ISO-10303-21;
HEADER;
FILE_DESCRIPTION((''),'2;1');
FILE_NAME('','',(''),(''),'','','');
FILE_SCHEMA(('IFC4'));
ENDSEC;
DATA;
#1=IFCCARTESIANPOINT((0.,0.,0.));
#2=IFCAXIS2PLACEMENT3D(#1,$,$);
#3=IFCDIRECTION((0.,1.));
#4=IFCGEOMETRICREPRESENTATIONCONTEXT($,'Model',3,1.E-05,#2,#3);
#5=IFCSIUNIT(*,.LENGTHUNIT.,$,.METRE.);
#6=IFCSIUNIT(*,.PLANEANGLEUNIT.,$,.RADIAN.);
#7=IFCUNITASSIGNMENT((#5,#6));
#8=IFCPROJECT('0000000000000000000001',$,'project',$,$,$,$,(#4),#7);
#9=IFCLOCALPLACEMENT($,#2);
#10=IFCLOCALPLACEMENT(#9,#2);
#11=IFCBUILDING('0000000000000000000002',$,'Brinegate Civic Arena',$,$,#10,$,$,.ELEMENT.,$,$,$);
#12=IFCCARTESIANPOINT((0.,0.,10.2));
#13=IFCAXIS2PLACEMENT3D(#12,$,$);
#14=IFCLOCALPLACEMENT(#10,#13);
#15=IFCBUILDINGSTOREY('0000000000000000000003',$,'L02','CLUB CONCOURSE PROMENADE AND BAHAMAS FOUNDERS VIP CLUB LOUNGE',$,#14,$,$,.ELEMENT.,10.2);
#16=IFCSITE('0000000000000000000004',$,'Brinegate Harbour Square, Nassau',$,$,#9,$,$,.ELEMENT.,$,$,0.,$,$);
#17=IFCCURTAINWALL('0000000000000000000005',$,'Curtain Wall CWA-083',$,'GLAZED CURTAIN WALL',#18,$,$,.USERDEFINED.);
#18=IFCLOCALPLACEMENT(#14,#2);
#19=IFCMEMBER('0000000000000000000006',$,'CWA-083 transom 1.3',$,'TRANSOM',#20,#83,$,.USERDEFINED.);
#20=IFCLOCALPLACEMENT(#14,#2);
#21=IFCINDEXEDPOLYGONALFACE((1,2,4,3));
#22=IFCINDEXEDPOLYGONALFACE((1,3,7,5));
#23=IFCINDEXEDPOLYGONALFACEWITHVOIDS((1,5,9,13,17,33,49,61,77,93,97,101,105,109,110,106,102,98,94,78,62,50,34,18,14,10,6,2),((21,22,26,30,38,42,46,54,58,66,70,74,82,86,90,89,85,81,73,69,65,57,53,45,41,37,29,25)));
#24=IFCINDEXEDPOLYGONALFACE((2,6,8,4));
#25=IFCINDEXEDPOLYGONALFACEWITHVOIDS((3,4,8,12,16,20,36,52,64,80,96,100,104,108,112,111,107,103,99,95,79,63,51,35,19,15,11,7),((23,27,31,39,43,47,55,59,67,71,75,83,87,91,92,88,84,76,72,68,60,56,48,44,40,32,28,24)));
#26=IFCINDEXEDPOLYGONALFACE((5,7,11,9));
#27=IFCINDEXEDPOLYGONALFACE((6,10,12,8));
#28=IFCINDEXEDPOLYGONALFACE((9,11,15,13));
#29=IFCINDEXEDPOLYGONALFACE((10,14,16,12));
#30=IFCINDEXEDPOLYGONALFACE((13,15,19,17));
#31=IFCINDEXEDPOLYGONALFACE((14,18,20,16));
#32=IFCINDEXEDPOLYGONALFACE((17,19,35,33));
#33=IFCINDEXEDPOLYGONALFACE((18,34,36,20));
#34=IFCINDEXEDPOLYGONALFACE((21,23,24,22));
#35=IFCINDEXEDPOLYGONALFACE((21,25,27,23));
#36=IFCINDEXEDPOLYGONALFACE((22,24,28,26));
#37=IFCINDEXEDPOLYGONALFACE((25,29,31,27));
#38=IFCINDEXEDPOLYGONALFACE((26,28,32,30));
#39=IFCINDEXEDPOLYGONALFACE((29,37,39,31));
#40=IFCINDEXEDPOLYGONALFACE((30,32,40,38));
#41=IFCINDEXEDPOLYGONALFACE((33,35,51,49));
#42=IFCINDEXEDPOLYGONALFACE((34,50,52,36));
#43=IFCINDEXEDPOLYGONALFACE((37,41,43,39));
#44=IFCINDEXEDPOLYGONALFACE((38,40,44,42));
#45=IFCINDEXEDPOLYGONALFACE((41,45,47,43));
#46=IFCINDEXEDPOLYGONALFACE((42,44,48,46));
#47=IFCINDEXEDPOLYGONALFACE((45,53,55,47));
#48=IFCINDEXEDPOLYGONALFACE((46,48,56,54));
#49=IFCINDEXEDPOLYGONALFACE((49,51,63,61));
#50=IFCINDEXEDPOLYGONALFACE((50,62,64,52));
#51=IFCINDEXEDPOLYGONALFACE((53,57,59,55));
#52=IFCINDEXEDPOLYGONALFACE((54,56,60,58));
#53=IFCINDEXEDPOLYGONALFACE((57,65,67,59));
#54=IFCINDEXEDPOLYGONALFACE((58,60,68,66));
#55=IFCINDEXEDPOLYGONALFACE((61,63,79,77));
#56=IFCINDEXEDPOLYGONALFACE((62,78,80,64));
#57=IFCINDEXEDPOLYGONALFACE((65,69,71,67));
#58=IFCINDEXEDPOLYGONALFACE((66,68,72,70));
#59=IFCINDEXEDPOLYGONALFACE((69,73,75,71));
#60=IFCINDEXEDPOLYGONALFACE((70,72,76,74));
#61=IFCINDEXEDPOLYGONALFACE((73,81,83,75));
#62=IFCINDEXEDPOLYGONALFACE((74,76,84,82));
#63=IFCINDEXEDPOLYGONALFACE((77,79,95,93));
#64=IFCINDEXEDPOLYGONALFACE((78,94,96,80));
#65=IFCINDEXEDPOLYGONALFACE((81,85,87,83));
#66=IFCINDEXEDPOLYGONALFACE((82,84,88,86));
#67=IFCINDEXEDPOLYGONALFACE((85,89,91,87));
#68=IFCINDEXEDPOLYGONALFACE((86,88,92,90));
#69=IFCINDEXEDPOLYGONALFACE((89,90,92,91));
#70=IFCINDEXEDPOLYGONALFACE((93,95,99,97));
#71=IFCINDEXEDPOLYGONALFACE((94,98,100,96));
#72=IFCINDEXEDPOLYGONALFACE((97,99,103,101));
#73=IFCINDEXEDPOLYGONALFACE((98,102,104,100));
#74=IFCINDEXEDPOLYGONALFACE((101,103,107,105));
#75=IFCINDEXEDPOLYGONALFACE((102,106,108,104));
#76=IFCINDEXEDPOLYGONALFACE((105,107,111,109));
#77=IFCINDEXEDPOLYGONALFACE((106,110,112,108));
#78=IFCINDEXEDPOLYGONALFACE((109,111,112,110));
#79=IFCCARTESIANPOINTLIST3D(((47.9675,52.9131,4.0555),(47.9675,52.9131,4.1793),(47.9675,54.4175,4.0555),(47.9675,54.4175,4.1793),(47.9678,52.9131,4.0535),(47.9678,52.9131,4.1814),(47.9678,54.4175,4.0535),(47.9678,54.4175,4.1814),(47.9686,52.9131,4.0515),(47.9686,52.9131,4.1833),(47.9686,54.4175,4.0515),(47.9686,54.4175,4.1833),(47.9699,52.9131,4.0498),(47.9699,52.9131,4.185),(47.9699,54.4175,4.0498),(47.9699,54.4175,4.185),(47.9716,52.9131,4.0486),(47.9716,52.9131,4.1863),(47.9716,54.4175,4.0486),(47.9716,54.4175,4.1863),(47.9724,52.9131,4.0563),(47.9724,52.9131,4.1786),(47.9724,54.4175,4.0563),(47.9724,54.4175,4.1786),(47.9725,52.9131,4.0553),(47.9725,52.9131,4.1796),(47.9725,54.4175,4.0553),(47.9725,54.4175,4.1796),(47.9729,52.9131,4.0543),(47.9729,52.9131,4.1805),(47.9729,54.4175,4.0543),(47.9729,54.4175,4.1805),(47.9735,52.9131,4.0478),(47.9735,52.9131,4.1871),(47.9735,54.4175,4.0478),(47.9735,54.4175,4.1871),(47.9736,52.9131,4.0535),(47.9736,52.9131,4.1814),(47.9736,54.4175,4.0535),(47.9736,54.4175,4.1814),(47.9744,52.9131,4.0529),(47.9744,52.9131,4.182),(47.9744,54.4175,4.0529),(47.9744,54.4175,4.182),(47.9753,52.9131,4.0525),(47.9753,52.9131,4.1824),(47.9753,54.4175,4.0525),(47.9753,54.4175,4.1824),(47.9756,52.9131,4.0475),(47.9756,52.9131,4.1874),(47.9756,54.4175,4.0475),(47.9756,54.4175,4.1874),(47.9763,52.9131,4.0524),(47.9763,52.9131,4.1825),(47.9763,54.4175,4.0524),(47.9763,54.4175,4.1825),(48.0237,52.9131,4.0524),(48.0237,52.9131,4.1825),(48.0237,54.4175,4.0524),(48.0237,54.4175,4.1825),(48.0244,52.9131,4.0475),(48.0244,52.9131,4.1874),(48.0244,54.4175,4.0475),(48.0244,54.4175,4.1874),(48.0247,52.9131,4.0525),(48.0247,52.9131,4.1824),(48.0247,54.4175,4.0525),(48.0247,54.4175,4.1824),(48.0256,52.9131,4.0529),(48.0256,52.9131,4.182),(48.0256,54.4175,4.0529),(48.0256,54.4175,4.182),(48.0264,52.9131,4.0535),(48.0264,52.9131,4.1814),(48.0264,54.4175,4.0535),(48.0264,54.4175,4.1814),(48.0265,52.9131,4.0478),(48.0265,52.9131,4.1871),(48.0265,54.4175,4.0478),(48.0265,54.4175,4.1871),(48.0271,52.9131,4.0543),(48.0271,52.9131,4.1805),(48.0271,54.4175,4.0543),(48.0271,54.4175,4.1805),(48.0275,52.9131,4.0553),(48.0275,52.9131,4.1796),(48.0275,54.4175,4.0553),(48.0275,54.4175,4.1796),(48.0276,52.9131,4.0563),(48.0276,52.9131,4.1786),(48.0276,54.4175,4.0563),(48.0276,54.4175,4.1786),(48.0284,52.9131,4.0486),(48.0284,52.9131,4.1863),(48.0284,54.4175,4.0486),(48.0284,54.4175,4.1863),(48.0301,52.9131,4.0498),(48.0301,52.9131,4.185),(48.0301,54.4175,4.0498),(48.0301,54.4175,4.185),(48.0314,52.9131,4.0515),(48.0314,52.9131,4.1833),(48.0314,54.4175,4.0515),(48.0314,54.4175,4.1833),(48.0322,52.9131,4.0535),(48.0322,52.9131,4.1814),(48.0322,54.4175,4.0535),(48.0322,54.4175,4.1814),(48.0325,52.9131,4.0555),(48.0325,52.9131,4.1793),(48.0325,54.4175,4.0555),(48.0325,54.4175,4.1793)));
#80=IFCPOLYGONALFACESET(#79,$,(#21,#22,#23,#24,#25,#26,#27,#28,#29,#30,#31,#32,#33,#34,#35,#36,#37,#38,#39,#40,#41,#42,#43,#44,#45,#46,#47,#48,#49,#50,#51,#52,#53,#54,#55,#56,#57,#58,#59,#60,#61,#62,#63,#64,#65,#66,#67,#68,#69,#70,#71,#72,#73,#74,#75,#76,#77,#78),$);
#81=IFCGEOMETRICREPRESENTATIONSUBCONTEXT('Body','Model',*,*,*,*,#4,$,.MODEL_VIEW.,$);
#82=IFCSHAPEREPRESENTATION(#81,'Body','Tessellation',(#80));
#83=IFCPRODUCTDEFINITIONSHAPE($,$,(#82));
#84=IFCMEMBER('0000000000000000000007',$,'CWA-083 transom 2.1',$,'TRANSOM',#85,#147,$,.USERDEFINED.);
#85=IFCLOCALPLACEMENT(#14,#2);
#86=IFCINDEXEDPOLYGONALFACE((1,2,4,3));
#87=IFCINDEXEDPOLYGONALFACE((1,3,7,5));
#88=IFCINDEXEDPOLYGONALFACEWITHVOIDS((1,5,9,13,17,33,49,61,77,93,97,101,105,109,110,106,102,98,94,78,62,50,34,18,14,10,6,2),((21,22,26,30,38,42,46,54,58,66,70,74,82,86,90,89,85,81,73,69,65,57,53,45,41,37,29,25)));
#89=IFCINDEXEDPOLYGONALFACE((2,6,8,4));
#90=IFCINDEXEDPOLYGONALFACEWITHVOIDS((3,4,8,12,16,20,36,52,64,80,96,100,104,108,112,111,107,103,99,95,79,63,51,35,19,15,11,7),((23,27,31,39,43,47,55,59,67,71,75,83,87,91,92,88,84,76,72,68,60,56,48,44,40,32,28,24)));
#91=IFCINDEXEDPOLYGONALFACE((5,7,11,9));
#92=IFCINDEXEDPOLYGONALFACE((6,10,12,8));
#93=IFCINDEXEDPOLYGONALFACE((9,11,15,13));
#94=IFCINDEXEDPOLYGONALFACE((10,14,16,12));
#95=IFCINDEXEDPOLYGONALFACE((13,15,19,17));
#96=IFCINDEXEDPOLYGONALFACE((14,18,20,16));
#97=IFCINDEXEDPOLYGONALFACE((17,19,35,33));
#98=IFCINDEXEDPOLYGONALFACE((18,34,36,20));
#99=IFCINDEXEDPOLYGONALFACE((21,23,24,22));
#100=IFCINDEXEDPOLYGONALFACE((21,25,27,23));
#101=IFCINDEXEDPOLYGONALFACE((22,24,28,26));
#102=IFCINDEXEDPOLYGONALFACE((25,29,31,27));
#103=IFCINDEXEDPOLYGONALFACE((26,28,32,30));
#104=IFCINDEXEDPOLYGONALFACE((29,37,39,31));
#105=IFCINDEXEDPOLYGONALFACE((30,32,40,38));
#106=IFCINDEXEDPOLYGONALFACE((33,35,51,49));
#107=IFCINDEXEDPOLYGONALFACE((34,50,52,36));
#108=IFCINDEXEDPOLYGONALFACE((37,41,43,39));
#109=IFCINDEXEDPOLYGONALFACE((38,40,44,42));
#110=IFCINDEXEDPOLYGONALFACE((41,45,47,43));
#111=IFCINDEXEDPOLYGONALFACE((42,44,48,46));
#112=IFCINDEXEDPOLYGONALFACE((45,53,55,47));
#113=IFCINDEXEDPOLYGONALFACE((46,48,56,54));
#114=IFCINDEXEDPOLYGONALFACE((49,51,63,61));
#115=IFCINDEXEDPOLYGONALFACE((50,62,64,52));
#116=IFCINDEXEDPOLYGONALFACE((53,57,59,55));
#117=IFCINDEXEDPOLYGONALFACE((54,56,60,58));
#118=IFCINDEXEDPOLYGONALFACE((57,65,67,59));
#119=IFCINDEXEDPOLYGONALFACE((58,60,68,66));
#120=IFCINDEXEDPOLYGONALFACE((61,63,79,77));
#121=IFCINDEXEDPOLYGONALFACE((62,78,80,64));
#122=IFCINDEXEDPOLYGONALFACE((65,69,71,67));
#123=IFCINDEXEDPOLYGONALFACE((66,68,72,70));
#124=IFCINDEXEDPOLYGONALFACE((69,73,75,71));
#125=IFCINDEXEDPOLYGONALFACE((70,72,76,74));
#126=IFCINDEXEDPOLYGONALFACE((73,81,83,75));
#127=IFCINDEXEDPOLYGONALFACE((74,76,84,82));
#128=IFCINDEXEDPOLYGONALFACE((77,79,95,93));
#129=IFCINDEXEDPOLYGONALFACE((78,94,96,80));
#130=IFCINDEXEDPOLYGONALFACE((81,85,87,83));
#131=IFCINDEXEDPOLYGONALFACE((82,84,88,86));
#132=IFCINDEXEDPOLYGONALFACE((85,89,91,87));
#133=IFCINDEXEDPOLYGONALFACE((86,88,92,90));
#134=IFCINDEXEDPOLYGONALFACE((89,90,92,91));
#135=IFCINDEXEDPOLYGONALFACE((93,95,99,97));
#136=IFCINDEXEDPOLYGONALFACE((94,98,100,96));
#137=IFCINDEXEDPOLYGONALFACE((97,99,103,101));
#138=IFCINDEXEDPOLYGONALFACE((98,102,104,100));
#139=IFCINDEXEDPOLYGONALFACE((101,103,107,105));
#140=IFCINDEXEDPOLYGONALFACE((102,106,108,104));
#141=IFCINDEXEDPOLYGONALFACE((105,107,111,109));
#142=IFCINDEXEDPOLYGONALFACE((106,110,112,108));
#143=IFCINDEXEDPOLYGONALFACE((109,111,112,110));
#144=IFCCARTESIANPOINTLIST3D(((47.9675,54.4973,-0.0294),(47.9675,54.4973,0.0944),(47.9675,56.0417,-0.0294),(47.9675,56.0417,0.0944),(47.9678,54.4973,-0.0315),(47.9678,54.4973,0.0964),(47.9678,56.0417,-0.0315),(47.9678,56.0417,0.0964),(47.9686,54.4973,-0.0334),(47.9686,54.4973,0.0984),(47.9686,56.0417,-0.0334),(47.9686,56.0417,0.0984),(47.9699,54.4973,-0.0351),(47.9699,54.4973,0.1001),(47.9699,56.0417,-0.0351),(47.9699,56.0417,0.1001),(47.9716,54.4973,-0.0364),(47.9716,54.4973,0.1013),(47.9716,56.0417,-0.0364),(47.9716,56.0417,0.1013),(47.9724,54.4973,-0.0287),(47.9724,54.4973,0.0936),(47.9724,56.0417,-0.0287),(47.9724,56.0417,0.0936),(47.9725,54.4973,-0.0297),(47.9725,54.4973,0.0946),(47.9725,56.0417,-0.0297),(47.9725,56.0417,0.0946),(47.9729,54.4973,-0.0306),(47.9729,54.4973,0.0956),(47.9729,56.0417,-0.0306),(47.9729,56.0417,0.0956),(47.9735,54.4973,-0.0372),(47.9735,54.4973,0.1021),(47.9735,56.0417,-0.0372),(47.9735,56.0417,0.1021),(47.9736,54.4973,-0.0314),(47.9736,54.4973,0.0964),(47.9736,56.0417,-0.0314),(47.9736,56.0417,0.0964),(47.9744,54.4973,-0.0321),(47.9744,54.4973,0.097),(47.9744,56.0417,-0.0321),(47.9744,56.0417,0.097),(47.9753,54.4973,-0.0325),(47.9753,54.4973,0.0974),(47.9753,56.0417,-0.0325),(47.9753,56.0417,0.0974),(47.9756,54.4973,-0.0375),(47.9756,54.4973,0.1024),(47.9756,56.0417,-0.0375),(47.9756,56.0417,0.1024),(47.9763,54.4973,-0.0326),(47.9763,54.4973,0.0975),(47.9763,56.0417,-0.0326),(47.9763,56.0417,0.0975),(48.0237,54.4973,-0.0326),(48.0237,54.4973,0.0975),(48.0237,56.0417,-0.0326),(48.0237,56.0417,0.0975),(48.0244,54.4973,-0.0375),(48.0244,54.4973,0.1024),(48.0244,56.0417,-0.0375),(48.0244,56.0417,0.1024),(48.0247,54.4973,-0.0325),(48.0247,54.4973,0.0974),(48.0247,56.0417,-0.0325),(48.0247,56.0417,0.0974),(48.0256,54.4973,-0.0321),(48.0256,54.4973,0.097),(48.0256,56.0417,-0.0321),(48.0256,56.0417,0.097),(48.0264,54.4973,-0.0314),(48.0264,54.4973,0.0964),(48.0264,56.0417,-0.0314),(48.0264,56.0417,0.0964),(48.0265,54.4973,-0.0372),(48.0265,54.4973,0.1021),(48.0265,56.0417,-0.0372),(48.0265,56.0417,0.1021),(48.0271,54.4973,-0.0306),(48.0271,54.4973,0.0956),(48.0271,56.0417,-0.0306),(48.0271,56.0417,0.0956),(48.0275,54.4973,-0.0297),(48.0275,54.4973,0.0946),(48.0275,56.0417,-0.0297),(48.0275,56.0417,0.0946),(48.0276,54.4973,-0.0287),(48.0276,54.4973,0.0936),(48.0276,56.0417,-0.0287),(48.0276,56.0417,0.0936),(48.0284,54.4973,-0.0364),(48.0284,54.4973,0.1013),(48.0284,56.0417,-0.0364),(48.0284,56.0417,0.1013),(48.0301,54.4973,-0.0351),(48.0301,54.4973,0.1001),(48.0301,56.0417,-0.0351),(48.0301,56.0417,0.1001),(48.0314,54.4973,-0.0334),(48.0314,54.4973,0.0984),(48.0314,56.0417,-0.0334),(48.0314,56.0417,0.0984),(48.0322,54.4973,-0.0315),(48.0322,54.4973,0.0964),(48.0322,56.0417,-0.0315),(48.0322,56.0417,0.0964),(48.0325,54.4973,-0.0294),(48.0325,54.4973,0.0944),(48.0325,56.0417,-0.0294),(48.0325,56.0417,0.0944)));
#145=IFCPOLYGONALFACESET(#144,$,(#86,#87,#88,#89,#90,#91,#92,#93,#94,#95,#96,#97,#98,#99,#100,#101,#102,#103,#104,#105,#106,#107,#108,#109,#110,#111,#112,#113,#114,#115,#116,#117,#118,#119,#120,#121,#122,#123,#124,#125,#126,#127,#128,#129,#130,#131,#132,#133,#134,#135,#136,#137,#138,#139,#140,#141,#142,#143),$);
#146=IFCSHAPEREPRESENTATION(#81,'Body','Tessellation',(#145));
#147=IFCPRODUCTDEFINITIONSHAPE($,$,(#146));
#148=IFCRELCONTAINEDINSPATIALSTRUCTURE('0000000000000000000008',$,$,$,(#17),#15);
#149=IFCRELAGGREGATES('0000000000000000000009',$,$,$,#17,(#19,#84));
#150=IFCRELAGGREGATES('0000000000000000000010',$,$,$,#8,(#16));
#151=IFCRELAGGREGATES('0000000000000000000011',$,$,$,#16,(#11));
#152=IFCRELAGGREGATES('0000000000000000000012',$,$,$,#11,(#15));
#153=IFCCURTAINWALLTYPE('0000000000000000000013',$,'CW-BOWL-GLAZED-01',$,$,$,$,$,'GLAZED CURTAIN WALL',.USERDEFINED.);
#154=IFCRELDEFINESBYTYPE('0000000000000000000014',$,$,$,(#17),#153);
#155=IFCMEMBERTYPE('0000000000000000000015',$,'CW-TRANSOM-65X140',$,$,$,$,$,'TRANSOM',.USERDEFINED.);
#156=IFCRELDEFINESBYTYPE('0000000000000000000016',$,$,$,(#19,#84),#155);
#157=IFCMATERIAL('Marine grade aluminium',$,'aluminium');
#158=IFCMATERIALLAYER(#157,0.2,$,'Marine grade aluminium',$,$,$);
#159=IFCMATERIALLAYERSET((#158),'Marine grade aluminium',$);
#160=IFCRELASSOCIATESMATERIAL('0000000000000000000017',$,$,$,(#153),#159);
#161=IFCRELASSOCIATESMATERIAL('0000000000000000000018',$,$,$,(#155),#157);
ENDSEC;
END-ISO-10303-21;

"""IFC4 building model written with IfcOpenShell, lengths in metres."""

from ifc_helpers import new_model, si_unit, direction, frame, origin, origin_2d, place, context, subcontext, project, spatial, hollow_rectangle, extrude, material, layer, layer_set, material_profile, profile_set, type_object, element, aggregate, save


model = new_model("IFC4")

# Units and contexts
model_context = context("Model", 3, precision=1e-05, world=origin(), true_north=direction((0.0, 1.0)))
body_context = subcontext(model_context, "Body", "Model", "MODEL_VIEW")
ifc_project = project(units=[si_unit("LENGTHUNIT", "METRE"), si_unit("PLANEANGLEUNIT", "RADIAN")], contexts=[model_context])

# Site, building, storey
site_placement = place(None, origin())
site = spatial("IfcSite", under=ifc_project, at=site_placement, Name="Brinegate Harbour Square, Nassau", CompositionType="ELEMENT", RefElevation=0.0)
building_placement = place(site_placement, origin())
building = spatial("IfcBuilding", under=site, at=building_placement, Name="Brinegate Civic Arena", CompositionType="ELEMENT")
storey_placement = place(building_placement, frame((0.0, 0.0, 10.2)))
storey = spatial("IfcBuildingStorey", under=building, at=storey_placement, Name="L02", Description="CLUB CONCOURSE PROMENADE AND BAHAMAS FOUNDERS VIP CLUB LOUNGE", CompositionType="ELEMENT", Elevation=10.2)

# Curtain wall, members
ifc_material_1 = material(Name="Marine grade aluminium", Category="aluminium")
ifc_layer_1 = layer(ifc_material_1, 0.2, Name="Marine grade aluminium")
ifc_layer_set_1 = layer_set([ifc_layer_1], Name="Marine grade aluminium")
curtain_wall_type_1 = type_object("IfcCurtainWallType", Name="CW-BOWL-GLAZED-01", ElementType="GLAZED CURTAIN WALL", PredefinedType="USERDEFINED", material=ifc_layer_set_1)
curtain_wall_1_placement = place(storey_placement, origin())
curtain_wall_1 = element("IfcCurtainWall", 1, at=curtain_wall_1_placement, inside=storey, type_object=curtain_wall_type_1, Name="Curtain Wall CWA-083", ObjectType="GLAZED CURTAIN WALL", PredefinedType="USERDEFINED")
ifc_material_profile_1 = material_profile(ifc_material_1, hollow_rectangle(XDim=0.0649, YDim=0.1399, WallThickness=0.0049, InnerFilletRadius=0.0039, OuterFilletRadius=0.0081, at=origin_2d()), Name="TRN65X140")
ifc_profile_set_1 = profile_set([ifc_material_profile_1], Name="Marine grade aluminium")
member_type_1 = type_object("IfcMemberType", Name="CW-TRANSOM-65X140", ElementType="TRANSOM", PredefinedType="USERDEFINED", material=ifc_profile_set_1)
member_1_placement = place(storey_placement, frame((48.0, 52.9131, 4.1174), z_axis=(0.0, 1.0, 0.0), x_axis=(-1.0, 0.0, 0.0)))
member_1 = element("IfcMember", 2, at=member_1_placement, type_object=member_type_1, Name="CWA-083 transom 1.3", ObjectType="TRANSOM", PredefinedType="USERDEFINED", context=body_context, shape_type="SweptSolid", body=[
    extrude(hollow_rectangle(XDim=0.0649, YDim=0.1399, WallThickness=0.0049, InnerFilletRadius=0.0039, OuterFilletRadius=0.0081, at=origin_2d()), origin(), (0.0, 0.0, 1.0), 1.5044),
])
member_2_placement = place(storey_placement, frame((48.0, 54.4973, 0.0325), z_axis=(0.0, 1.0, 0.0), x_axis=(-1.0, 0.0, 0.0)))
member_2 = element("IfcMember", 3, at=member_2_placement, type_object=member_type_1, Name="CWA-083 transom 2.1", ObjectType="TRANSOM", PredefinedType="USERDEFINED", context=body_context, shape_type="SweptSolid", body=[
    extrude(hollow_rectangle(XDim=0.0649, YDim=0.1399, WallThickness=0.0049, InnerFilletRadius=0.0039, OuterFilletRadius=0.0081, at=origin_2d()), origin(), (0.0, 0.0, 1.0), 1.5444),
])

aggregate(curtain_wall_1, [member_1, member_2])

save(model, "model.ifc")
